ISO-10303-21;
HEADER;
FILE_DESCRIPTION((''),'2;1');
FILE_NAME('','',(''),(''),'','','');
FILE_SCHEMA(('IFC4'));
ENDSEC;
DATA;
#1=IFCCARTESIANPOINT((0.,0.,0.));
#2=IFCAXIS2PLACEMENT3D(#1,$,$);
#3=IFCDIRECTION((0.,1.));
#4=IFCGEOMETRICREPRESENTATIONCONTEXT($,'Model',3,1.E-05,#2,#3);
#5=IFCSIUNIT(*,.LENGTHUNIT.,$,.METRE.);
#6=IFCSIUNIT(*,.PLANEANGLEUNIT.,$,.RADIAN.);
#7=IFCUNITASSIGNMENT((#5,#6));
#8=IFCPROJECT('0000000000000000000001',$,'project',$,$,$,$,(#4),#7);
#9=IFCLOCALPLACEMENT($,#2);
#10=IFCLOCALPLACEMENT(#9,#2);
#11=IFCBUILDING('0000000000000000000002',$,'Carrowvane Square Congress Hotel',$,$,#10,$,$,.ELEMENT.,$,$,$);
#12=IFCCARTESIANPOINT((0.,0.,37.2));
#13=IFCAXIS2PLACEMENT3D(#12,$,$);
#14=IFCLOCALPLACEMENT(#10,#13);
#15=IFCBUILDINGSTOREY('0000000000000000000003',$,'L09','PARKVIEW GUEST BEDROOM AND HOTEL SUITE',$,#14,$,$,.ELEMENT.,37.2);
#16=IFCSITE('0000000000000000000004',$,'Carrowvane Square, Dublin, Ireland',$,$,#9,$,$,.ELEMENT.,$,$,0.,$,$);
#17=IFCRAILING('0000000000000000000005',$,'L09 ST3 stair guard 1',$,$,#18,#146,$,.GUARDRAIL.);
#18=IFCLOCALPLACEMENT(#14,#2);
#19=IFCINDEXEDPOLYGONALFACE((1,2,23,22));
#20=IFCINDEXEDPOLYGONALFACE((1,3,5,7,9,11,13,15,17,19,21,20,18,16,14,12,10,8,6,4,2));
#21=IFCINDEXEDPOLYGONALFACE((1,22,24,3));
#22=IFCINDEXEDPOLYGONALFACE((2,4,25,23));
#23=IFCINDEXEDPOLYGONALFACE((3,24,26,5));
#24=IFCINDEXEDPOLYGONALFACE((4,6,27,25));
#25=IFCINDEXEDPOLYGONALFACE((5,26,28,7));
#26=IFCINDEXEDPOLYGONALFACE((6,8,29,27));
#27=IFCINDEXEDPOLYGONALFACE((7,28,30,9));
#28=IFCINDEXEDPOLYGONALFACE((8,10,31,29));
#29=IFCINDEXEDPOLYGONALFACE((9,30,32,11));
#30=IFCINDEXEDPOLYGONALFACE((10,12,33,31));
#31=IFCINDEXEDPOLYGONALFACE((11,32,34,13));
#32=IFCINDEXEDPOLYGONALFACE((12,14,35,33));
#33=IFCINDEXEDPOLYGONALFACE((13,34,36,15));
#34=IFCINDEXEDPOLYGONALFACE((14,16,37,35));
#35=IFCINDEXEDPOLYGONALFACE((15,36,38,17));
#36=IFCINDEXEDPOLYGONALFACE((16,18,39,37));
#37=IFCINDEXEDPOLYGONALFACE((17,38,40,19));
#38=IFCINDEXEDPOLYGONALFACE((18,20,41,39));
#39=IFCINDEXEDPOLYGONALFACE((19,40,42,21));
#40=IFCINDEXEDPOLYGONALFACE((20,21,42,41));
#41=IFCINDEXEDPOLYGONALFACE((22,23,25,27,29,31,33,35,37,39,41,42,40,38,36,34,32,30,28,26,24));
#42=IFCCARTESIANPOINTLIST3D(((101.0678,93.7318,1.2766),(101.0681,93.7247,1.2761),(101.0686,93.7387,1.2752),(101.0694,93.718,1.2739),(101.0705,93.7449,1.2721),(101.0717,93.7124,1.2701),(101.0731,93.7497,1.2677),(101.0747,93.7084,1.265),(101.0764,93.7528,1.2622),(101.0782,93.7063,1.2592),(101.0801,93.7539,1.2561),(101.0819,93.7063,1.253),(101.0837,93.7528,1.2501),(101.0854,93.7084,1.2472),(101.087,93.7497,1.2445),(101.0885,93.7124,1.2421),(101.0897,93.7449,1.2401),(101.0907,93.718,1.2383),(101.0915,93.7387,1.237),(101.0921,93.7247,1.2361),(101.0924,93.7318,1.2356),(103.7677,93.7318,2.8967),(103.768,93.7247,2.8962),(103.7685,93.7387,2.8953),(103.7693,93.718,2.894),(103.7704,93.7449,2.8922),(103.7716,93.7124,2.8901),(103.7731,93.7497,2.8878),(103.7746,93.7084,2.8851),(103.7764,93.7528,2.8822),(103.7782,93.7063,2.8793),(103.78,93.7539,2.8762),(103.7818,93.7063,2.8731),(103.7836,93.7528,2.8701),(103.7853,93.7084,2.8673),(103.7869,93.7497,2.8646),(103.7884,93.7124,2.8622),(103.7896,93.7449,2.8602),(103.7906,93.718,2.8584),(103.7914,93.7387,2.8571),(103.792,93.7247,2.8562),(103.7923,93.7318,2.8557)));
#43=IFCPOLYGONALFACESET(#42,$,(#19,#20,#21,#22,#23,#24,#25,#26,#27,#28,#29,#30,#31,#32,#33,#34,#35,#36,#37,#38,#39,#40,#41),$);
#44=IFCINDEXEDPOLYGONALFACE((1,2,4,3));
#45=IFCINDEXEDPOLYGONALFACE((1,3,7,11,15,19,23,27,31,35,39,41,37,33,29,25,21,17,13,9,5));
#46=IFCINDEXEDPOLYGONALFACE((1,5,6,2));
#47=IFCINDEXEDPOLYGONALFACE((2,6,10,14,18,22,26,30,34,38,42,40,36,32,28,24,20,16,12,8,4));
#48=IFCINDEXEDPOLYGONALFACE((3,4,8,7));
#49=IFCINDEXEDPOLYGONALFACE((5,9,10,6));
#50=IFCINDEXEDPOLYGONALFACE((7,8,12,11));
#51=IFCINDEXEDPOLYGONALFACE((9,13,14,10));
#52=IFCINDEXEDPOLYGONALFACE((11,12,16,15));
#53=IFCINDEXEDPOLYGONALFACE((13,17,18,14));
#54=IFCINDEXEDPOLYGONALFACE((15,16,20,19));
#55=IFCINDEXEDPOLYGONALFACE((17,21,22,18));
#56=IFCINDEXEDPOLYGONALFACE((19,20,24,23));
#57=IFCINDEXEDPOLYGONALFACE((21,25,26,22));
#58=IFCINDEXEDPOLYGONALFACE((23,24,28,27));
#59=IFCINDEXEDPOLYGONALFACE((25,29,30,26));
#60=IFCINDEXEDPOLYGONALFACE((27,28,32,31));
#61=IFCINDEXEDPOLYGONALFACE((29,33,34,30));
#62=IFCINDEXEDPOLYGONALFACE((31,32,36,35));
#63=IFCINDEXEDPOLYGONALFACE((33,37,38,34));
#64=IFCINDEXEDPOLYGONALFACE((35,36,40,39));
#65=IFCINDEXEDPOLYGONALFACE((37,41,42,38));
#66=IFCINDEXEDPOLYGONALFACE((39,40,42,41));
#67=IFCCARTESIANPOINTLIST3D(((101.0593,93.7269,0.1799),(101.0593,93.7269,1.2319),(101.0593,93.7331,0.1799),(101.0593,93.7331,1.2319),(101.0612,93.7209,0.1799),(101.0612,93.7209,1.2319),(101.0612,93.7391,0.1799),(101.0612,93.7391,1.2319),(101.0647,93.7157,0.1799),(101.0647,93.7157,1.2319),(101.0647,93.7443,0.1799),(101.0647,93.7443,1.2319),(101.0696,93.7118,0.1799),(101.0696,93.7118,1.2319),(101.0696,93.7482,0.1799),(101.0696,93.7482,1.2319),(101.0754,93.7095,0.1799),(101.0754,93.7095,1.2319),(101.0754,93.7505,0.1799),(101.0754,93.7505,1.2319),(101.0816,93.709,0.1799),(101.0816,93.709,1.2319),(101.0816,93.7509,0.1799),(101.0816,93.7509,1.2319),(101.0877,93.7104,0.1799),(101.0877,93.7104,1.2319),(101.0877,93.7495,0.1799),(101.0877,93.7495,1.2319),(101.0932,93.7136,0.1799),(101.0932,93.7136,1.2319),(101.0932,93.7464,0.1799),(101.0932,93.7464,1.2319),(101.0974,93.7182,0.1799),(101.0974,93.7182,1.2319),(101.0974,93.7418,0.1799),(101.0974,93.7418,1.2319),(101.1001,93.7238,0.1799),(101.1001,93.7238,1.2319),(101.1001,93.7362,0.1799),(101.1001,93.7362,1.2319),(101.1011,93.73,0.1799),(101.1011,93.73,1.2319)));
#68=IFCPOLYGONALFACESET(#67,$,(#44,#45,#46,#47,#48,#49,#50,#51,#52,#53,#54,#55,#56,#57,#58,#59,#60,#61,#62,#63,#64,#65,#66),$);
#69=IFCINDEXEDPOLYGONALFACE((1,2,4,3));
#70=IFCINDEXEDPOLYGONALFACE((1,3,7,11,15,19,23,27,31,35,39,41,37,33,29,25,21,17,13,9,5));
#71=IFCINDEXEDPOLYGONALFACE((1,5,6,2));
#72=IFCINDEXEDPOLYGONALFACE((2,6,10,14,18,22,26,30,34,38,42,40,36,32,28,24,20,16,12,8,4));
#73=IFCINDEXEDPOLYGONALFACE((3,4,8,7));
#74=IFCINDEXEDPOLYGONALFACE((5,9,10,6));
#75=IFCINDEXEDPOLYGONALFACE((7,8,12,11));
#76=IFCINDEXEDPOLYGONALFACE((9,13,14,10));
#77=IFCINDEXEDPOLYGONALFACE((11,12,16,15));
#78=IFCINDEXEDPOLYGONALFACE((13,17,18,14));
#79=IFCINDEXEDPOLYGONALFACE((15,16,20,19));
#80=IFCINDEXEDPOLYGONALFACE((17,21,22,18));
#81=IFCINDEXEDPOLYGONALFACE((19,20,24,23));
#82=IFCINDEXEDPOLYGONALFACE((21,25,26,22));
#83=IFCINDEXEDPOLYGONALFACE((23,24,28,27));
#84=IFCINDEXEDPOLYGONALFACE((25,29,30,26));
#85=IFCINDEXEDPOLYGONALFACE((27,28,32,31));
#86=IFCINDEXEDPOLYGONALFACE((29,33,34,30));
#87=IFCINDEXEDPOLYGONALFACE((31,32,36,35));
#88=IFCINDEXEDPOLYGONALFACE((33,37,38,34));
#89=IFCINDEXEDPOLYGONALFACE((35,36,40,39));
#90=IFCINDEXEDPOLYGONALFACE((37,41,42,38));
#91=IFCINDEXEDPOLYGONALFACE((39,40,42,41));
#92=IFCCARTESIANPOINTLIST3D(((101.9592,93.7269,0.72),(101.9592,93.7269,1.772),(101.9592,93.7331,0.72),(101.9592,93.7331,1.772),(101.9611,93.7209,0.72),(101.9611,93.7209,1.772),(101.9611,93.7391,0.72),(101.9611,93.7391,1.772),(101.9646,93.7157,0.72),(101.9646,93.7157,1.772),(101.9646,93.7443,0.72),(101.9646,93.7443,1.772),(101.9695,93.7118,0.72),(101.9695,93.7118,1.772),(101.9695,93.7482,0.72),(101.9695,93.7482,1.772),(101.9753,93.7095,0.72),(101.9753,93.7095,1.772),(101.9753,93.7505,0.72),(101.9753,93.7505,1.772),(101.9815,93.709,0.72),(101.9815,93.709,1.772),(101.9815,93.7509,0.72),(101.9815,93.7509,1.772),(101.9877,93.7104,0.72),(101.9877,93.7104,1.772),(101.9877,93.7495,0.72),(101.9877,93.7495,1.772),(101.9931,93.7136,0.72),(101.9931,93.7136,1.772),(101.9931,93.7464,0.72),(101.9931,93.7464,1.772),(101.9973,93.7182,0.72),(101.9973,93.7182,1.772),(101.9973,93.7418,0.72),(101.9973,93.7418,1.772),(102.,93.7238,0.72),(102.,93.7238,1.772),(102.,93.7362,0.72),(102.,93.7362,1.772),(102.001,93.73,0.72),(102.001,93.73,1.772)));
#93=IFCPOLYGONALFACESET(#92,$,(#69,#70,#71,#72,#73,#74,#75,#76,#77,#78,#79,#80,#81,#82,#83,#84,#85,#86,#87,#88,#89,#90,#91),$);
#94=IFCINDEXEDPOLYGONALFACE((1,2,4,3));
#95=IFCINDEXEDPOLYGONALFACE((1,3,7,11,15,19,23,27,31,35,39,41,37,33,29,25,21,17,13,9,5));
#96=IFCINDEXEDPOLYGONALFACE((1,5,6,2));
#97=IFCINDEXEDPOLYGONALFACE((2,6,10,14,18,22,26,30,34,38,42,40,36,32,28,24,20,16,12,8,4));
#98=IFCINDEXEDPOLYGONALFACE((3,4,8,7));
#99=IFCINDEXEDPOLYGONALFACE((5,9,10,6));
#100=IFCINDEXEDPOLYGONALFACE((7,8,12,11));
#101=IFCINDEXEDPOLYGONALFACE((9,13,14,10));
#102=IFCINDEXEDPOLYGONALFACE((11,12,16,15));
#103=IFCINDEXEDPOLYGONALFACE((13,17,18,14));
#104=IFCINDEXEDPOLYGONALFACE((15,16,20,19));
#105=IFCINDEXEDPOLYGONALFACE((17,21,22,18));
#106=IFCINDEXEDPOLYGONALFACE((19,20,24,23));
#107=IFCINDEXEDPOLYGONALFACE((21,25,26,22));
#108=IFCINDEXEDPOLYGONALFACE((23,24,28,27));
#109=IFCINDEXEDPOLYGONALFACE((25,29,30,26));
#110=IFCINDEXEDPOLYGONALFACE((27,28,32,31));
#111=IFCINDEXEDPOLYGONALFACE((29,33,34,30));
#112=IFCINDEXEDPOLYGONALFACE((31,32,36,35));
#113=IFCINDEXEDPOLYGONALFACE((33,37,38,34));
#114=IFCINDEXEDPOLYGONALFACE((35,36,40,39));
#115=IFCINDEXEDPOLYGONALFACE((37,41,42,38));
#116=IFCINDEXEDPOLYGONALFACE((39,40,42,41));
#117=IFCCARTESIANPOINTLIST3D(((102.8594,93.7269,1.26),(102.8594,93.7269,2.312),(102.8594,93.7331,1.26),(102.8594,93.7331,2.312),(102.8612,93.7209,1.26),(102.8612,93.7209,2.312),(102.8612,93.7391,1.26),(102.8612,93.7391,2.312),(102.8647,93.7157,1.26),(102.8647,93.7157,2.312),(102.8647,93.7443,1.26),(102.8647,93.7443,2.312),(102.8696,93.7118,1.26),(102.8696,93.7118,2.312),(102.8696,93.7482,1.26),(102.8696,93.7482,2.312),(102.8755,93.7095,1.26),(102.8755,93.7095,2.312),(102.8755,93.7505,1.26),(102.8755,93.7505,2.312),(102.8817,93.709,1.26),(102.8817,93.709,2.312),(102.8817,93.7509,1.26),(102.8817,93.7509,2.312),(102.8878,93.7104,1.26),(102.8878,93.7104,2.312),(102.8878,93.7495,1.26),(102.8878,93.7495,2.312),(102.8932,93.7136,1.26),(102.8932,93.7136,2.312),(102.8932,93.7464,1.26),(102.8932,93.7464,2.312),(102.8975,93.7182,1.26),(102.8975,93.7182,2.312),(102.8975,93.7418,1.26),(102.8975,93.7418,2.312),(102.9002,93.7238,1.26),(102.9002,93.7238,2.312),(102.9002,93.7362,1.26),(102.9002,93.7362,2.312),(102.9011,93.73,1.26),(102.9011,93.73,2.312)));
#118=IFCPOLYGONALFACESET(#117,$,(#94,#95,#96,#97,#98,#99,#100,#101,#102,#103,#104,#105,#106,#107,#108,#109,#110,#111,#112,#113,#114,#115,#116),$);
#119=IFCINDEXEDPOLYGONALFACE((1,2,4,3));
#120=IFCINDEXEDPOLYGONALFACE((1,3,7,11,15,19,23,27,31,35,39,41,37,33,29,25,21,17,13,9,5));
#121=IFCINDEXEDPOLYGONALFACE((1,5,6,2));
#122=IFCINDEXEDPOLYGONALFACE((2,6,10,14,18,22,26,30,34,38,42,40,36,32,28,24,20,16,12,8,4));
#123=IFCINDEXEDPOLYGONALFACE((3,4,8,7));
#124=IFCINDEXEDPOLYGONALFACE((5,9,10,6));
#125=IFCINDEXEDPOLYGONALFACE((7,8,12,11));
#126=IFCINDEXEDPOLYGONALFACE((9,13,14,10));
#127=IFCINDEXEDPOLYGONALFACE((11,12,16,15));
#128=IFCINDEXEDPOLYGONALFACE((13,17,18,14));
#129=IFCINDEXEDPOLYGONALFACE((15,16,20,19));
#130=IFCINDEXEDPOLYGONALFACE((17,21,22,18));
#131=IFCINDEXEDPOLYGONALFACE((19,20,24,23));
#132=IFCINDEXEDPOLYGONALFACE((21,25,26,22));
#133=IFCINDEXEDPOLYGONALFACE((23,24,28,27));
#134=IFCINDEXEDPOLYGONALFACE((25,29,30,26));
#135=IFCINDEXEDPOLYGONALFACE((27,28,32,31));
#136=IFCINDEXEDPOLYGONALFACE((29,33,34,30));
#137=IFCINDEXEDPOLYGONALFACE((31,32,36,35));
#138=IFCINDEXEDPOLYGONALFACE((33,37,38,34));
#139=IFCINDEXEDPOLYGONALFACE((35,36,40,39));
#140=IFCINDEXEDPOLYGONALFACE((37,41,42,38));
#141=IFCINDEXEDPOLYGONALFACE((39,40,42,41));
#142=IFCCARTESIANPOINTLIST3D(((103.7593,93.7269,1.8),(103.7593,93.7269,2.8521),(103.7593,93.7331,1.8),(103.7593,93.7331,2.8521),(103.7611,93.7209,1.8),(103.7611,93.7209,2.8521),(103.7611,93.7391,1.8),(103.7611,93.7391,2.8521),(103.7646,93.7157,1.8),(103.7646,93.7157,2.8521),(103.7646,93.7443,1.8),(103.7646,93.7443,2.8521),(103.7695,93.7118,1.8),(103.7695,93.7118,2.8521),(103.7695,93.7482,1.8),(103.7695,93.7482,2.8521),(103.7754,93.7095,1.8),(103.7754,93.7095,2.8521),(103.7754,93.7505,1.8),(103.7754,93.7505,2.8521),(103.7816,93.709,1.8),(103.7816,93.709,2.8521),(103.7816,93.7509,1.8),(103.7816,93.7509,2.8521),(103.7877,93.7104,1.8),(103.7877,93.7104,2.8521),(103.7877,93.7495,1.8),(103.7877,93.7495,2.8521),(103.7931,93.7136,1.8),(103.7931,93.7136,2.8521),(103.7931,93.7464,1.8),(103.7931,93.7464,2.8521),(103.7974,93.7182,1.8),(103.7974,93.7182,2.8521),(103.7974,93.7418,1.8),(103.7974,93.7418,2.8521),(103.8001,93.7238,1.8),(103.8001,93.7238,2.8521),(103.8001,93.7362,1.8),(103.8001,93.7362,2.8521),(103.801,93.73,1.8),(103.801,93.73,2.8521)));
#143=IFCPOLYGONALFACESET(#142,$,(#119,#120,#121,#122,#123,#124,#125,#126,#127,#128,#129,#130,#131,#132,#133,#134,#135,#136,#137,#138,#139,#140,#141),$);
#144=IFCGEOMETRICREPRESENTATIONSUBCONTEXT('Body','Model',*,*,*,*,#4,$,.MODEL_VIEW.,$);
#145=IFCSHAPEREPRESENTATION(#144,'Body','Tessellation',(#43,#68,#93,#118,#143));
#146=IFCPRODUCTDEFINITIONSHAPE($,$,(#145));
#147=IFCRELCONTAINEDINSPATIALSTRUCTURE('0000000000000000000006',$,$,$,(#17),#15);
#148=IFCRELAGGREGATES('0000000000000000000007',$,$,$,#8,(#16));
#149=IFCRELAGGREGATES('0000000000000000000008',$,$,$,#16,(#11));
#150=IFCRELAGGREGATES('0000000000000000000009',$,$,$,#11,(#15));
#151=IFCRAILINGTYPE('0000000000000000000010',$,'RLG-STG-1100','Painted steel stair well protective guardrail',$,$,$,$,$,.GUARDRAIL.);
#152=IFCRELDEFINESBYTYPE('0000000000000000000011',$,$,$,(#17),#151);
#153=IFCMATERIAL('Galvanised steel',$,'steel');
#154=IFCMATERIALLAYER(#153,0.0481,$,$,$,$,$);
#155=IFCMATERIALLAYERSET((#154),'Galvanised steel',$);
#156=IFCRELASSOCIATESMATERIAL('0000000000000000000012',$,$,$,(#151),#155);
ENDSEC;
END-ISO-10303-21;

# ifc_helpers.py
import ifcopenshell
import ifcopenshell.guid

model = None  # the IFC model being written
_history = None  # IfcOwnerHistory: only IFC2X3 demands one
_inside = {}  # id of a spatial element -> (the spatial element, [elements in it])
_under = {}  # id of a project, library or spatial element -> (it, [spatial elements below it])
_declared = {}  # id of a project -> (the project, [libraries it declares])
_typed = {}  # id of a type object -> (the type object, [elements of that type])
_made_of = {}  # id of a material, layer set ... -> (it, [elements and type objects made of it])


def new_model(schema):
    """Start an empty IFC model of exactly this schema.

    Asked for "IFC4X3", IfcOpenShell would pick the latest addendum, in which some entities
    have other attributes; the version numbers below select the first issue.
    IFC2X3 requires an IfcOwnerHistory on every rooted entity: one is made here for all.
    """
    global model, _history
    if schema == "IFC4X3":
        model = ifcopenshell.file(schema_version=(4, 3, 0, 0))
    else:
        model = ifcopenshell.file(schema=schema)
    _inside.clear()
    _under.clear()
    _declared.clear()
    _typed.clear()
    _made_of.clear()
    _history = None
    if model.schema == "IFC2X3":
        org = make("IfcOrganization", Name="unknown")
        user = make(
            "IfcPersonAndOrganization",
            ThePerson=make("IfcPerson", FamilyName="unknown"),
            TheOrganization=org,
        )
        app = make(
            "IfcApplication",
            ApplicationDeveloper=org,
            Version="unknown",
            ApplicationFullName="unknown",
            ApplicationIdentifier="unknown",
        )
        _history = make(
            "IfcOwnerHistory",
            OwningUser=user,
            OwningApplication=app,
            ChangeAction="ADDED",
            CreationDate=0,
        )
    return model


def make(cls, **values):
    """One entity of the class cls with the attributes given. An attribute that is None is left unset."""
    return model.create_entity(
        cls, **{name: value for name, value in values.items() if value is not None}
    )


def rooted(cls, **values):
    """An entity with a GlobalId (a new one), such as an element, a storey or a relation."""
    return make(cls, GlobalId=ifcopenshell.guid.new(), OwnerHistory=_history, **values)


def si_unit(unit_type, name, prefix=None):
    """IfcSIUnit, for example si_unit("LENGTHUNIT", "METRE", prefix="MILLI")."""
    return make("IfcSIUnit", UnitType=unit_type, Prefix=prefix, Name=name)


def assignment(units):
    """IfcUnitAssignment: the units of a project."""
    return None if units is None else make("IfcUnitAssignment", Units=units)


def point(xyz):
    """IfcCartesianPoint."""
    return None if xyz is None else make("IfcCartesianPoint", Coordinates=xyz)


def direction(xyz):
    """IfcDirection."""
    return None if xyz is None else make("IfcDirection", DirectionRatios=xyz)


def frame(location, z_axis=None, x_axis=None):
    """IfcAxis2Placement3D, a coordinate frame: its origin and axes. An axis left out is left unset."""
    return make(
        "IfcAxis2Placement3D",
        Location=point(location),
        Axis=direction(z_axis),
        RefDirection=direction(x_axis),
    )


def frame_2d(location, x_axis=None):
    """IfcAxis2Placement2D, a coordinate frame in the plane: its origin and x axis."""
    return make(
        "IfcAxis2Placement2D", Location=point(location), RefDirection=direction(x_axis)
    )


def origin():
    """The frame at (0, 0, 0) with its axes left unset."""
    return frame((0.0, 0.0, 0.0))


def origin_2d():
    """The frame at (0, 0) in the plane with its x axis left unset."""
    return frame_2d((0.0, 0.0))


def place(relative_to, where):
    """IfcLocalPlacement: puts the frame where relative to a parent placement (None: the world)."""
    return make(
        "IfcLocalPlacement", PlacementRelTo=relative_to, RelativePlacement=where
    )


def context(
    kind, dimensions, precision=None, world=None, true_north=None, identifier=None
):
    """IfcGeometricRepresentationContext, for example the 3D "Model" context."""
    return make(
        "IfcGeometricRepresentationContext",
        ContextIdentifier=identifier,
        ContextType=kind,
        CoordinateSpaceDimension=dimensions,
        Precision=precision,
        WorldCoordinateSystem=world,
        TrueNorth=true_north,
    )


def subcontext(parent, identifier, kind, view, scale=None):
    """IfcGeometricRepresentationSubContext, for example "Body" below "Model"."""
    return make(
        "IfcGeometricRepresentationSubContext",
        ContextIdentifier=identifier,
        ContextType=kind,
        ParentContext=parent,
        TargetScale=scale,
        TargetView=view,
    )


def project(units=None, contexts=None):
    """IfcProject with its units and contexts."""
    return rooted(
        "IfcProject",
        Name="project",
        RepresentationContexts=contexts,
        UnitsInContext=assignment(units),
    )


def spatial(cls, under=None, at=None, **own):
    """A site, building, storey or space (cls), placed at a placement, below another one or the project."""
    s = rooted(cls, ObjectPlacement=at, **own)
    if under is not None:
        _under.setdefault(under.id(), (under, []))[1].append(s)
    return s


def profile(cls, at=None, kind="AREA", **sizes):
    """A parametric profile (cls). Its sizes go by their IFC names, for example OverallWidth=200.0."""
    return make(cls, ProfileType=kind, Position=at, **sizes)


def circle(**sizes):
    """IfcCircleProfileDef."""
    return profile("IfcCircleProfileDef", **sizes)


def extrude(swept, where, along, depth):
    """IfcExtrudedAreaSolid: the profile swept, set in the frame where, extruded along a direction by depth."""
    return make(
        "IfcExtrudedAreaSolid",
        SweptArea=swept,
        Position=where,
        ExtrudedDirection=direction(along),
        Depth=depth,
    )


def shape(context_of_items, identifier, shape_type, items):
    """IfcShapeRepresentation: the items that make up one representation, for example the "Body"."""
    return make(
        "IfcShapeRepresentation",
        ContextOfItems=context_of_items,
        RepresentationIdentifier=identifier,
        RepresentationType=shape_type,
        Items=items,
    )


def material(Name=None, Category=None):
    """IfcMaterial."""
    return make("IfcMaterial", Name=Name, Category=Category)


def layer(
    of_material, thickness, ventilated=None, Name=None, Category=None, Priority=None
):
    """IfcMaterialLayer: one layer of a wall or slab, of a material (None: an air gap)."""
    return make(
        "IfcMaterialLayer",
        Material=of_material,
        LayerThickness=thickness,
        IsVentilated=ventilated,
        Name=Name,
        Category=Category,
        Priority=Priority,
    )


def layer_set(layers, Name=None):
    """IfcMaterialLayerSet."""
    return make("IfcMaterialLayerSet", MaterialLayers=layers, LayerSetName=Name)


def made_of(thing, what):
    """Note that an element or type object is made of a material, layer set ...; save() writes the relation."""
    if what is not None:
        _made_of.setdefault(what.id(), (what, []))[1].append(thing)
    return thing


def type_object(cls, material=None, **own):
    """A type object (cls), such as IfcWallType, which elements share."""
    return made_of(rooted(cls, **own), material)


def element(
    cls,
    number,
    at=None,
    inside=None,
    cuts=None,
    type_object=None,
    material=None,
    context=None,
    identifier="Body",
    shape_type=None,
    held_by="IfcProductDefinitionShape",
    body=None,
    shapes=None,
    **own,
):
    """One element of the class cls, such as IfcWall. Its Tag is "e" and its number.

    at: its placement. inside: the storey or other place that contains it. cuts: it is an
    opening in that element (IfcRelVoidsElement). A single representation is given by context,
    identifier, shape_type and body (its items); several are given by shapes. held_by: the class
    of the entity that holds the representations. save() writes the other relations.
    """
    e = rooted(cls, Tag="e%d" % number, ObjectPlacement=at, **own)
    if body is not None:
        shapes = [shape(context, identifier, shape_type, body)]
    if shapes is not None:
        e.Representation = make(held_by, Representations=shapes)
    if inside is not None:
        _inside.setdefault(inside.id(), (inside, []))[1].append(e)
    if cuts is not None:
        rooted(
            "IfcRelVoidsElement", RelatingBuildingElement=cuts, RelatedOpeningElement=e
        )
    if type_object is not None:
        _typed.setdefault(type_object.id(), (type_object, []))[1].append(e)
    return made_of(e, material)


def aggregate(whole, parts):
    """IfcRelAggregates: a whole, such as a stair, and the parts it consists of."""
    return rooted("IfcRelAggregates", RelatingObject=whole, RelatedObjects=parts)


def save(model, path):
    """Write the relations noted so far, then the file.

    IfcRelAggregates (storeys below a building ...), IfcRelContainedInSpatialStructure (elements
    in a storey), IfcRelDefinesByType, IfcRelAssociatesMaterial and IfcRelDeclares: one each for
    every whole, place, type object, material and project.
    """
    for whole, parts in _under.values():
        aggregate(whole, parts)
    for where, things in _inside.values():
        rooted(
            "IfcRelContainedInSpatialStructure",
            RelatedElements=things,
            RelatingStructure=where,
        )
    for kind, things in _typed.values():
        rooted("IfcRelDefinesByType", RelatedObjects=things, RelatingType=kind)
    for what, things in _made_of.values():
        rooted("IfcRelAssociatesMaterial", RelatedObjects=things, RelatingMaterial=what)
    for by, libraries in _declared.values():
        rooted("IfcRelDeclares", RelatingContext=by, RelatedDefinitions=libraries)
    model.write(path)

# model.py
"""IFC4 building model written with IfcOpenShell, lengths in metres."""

from ifc_helpers import new_model, si_unit, direction, frame, origin, origin_2d, place, context, subcontext, project, spatial, circle, extrude, material, layer, layer_set, type_object, element, save


model = new_model("IFC4")

# Units and contexts
model_context = context("Model", 3, precision=1e-05, world=origin(), true_north=direction((0.0, 1.0)))
body_context = subcontext(model_context, "Body", "Model", "MODEL_VIEW")
ifc_project = project(units=[si_unit("LENGTHUNIT", "METRE"), si_unit("PLANEANGLEUNIT", "RADIAN")], contexts=[model_context])

# Site, building, storey
site_placement = place(None, origin())
site = spatial("IfcSite", under=ifc_project, at=site_placement, Name="Carrowvane Square, Dublin, Ireland", CompositionType="ELEMENT", RefElevation=0.0)
building_placement = place(site_placement, origin())
building = spatial("IfcBuilding", under=site, at=building_placement, Name="Carrowvane Square Congress Hotel", CompositionType="ELEMENT")
storey_placement = place(building_placement, frame((0.0, 0.0, 37.2)))
storey = spatial("IfcBuildingStorey", under=building, at=storey_placement, Name="L09", Description="PARKVIEW GUEST BEDROOM AND HOTEL SUITE", CompositionType="ELEMENT", Elevation=37.2)

# Railing
ifc_material_1 = material(Name="Galvanised steel", Category="steel")
ifc_layer_1 = layer(ifc_material_1, 0.0481)
ifc_layer_set_1 = layer_set([ifc_layer_1], Name="Galvanised steel")
railing_type_1 = type_object("IfcRailingType", Name="RLG-STG-1100", Description="Painted steel stair well protective guardrail", PredefinedType="GUARDRAIL", material=ifc_layer_set_1)
railing_1_placement = place(storey_placement, frame((101.0801, 93.73, 0.1799)))
element("IfcRailing", 1, at=railing_1_placement, inside=storey, type_object=railing_type_1, Name="L09 ST3 stair guard 1", PredefinedType="GUARDRAIL", context=body_context, shape_type="SweptSolid", body=[
    extrude(circle(Radius=0.0239, at=origin_2d()), frame((0.0, 0.0, 1.0762), z_axis=(0.857472, 0.0, 0.51453), x_axis=(0.0, 1.0, 0.0)), (0.0, 0.0, 1.0), 3.1487),
    extrude(circle(Radius=0.021, at=origin_2d()), origin(), (0.0, 0.0, 1.0), 1.052),
    extrude(circle(Radius=0.021, at=origin_2d()), frame((0.8999, 0.0, 0.54)), (0.0, 0.0, 1.0), 1.052),
    extrude(circle(Radius=0.021, at=origin_2d()), frame((1.8, 0.0, 1.0801)), (0.0, 0.0, 1.0), 1.052),
    extrude(circle(Radius=0.021, at=origin_2d()), frame((2.7, 0.0, 1.6201)), (0.0, 0.0, 1.0), 1.052),
])

save(model, "model.ifc")
